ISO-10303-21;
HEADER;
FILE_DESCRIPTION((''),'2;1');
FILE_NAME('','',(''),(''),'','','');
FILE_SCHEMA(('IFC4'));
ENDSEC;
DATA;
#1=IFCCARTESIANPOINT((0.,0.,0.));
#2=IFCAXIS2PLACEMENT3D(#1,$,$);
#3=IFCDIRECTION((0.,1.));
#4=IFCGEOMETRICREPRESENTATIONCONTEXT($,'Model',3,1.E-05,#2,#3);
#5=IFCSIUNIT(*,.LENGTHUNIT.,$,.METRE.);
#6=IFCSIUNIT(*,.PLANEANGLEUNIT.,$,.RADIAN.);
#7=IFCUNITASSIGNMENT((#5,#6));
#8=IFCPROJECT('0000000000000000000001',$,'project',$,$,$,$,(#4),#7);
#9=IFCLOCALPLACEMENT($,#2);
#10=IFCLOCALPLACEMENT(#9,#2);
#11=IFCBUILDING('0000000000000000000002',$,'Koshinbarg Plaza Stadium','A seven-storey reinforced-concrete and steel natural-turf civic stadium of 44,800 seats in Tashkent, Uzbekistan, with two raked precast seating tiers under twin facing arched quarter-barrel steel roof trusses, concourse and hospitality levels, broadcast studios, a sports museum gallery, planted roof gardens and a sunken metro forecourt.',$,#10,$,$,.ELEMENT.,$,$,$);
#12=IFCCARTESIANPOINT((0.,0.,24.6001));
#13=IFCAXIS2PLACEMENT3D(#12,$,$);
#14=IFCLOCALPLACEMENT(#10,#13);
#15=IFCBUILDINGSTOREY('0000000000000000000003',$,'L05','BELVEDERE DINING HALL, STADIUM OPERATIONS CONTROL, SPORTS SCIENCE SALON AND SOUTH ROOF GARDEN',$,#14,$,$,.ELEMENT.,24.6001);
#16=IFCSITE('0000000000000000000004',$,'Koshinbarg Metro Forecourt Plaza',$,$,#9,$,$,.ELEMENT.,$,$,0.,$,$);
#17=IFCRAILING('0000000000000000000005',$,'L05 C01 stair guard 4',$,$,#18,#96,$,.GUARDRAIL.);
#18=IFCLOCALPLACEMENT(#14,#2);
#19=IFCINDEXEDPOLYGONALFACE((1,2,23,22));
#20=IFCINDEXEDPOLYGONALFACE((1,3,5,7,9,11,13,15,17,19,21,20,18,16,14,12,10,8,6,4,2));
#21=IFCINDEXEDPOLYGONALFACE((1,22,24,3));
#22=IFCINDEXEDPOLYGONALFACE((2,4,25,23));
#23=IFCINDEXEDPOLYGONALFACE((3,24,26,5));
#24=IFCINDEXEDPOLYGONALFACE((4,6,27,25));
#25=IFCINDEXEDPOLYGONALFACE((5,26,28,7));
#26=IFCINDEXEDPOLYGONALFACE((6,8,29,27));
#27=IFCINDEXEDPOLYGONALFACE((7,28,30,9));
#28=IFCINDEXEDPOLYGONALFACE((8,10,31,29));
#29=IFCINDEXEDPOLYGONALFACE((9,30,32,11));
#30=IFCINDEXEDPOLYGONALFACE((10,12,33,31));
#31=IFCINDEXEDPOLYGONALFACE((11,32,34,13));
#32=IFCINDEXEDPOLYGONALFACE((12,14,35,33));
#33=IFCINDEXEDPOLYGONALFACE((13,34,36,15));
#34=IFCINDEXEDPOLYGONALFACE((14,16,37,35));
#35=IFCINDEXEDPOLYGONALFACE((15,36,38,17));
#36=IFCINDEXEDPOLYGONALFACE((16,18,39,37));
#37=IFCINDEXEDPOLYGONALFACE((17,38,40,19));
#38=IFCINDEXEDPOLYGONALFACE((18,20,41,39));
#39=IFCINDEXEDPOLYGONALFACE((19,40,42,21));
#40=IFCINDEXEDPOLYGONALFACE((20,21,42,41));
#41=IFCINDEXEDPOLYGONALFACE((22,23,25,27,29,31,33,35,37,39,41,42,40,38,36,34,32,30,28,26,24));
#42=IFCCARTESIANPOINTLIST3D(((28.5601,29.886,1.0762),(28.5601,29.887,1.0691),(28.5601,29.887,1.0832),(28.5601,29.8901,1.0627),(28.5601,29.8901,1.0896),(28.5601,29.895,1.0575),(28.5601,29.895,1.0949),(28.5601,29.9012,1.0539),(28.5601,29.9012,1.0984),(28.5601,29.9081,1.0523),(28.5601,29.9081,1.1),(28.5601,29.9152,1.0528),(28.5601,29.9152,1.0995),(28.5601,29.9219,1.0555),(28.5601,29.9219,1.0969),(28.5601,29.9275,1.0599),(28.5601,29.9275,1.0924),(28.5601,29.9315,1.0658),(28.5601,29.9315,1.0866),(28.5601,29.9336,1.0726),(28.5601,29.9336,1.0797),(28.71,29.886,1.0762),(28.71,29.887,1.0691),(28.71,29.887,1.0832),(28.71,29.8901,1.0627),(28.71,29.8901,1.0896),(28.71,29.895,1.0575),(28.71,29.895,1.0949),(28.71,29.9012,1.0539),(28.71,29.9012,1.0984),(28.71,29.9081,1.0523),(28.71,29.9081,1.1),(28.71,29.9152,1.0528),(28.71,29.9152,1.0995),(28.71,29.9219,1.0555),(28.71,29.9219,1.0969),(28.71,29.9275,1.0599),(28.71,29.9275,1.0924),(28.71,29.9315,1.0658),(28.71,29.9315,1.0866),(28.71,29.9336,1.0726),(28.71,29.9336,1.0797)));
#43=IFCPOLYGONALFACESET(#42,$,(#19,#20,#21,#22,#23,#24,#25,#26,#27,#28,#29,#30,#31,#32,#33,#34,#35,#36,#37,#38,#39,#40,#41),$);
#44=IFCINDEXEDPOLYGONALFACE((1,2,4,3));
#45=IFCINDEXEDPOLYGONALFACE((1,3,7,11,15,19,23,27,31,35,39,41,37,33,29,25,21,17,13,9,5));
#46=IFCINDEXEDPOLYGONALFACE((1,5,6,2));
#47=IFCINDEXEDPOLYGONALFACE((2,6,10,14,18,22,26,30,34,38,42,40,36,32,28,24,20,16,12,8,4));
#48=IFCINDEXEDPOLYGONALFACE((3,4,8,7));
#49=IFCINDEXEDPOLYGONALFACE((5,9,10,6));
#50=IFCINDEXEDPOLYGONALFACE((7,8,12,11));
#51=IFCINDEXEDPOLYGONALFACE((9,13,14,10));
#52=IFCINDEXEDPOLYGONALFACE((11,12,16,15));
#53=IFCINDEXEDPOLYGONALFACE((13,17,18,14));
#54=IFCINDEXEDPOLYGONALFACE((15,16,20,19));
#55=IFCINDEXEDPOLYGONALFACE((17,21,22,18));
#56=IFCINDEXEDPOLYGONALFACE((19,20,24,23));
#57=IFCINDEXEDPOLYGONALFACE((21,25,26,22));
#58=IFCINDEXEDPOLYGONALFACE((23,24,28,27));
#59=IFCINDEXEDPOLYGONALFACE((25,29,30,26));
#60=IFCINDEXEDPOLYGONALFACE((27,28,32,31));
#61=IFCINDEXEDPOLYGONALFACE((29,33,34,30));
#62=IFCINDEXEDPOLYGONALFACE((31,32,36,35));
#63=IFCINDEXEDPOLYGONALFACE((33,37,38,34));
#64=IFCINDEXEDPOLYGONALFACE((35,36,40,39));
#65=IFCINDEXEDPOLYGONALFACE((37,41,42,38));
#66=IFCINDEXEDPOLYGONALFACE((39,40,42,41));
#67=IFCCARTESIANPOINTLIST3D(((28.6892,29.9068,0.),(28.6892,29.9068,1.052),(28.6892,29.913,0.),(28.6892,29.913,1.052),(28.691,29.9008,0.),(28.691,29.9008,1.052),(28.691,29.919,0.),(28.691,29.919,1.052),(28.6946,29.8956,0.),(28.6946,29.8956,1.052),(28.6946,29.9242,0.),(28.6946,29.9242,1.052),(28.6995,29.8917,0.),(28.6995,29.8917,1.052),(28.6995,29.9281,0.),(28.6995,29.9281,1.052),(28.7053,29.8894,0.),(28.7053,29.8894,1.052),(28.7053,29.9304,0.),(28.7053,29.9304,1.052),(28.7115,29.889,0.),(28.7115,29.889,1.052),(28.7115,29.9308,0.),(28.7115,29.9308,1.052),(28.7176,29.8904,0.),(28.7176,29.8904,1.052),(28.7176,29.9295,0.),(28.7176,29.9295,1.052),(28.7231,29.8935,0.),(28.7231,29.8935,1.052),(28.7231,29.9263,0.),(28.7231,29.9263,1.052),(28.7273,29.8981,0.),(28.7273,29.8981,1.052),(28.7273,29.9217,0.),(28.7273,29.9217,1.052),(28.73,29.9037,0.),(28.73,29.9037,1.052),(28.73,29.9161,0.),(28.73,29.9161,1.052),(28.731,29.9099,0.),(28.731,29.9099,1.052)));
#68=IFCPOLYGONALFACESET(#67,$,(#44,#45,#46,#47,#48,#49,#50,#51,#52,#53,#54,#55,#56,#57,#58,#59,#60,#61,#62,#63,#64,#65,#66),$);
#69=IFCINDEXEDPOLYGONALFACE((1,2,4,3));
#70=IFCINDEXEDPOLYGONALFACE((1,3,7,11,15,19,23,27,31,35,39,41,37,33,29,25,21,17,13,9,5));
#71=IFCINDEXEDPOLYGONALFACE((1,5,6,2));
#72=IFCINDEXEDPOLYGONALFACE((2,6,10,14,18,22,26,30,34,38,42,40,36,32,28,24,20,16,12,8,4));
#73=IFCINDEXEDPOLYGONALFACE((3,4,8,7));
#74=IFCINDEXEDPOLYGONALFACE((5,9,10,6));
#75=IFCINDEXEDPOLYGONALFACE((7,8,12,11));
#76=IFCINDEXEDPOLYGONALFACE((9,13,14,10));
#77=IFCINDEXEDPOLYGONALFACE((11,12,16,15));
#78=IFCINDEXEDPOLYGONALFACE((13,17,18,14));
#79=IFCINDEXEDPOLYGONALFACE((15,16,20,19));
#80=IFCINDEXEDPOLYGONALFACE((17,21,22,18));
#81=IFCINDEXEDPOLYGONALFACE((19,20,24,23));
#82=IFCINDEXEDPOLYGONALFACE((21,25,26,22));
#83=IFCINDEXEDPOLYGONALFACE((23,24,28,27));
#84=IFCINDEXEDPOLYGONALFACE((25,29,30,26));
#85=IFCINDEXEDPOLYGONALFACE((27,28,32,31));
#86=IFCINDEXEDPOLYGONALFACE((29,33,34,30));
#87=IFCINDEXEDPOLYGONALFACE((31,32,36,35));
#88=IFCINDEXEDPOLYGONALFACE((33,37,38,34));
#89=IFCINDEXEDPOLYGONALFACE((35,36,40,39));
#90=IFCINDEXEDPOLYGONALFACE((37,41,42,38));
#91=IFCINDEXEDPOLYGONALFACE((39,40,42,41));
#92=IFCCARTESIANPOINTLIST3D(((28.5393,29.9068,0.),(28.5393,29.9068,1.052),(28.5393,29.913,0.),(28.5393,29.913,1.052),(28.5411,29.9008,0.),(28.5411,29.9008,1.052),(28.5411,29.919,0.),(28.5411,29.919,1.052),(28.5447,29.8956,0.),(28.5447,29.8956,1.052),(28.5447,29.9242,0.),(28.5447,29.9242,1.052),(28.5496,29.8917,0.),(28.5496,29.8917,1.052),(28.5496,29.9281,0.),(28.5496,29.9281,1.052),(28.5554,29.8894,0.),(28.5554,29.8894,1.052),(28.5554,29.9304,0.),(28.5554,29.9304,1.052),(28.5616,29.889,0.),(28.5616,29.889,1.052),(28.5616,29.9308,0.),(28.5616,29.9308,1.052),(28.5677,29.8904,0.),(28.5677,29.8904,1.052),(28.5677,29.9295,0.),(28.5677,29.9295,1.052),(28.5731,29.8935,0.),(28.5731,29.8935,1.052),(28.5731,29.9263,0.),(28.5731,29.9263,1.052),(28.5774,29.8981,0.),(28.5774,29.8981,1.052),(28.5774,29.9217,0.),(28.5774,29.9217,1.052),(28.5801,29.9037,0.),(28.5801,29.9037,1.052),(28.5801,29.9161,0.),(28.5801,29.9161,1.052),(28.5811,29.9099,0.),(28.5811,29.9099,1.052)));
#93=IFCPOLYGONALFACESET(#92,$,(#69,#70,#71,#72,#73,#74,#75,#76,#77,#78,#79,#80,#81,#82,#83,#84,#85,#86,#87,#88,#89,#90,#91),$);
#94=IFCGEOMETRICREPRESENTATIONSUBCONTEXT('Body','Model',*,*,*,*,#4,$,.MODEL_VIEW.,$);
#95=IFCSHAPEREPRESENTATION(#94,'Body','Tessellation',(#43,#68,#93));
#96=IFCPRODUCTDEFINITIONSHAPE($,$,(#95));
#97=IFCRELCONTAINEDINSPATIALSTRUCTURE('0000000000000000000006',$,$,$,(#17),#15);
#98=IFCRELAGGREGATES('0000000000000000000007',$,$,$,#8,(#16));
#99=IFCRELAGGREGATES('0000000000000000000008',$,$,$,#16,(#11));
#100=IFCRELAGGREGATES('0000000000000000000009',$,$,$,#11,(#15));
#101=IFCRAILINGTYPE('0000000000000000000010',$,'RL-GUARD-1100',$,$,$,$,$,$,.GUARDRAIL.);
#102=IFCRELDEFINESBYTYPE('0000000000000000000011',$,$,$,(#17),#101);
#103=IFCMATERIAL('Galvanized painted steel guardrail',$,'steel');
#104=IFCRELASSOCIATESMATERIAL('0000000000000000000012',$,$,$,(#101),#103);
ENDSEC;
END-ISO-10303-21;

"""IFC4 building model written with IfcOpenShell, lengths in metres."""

from ifc_helpers import new_model, si_unit, direction, frame, origin, origin_2d, place, context, subcontext, project, spatial, circle, extrude, material, type_object, element, save


model = new_model("IFC4")

# Units and contexts
model_context = context("Model", 3, precision=1e-05, world=origin(), true_north=direction((0.0, 1.0)))
body_context = subcontext(model_context, "Body", "Model", "MODEL_VIEW")
ifc_project = project(units=[si_unit("LENGTHUNIT", "METRE"), si_unit("PLANEANGLEUNIT", "RADIAN")], contexts=[model_context])

# Site, building, storey
site_placement = place(None, origin())
site = spatial("IfcSite", under=ifc_project, at=site_placement, Name="Koshinbarg Metro Forecourt Plaza", CompositionType="ELEMENT", RefElevation=0.0)
building_placement = place(site_placement, origin())
building = spatial("IfcBuilding", under=site, at=building_placement, Name="Koshinbarg Plaza Stadium", Description="A seven-storey reinforced-concrete and steel natural-turf civic stadium of 44,800 seats in Tashkent, Uzbekistan, with two raked precast seating tiers under twin facing arched quarter-barrel steel roof trusses, concourse and hospitality levels, broadcast studios, a sports museum gallery, planted roof gardens and a sunken metro forecourt.", CompositionType="ELEMENT")
storey_placement = place(building_placement, frame((0.0, 0.0, 24.6001)))
storey = spatial("IfcBuildingStorey", under=building, at=storey_placement, Name="L05", Description="BELVEDERE DINING HALL, STADIUM OPERATIONS CONTROL, SPORTS SCIENCE SALON AND SOUTH ROOF GARDEN", CompositionType="ELEMENT", Elevation=24.6001)

# Railing
ifc_material_1 = material(Name="Galvanized painted steel guardrail", Category="steel")
railing_type_1 = type_object("IfcRailingType", Name="RL-GUARD-1100", PredefinedType="GUARDRAIL", material=ifc_material_1)
railing_1_placement = place(storey_placement, frame((28.71, 29.9099, 0.0)))
element("IfcRailing", 1, at=railing_1_placement, inside=storey, type_object=railing_type_1, Name="L05 C01 stair guard 4", PredefinedType="GUARDRAIL", context=body_context, shape_type="SweptSolid", body=[
    extrude(circle(Radius=0.0239, at=origin_2d()), frame((0.0, 0.0, 1.0762), z_axis=(-1.0, 0.0, 0.0), x_axis=(0.0, -1.0, 0.0)), (0.0, 0.0, 1.0), 0.1499),
    extrude(circle(Radius=0.021, at=origin_2d()), origin(), (0.0, 0.0, 1.0), 1.052),
    extrude(circle(Radius=0.021, at=origin_2d()), frame((-0.1499, 0.0, 0.0)), (0.0, 0.0, 1.0), 1.052),
])

save(model, "model.ifc")
